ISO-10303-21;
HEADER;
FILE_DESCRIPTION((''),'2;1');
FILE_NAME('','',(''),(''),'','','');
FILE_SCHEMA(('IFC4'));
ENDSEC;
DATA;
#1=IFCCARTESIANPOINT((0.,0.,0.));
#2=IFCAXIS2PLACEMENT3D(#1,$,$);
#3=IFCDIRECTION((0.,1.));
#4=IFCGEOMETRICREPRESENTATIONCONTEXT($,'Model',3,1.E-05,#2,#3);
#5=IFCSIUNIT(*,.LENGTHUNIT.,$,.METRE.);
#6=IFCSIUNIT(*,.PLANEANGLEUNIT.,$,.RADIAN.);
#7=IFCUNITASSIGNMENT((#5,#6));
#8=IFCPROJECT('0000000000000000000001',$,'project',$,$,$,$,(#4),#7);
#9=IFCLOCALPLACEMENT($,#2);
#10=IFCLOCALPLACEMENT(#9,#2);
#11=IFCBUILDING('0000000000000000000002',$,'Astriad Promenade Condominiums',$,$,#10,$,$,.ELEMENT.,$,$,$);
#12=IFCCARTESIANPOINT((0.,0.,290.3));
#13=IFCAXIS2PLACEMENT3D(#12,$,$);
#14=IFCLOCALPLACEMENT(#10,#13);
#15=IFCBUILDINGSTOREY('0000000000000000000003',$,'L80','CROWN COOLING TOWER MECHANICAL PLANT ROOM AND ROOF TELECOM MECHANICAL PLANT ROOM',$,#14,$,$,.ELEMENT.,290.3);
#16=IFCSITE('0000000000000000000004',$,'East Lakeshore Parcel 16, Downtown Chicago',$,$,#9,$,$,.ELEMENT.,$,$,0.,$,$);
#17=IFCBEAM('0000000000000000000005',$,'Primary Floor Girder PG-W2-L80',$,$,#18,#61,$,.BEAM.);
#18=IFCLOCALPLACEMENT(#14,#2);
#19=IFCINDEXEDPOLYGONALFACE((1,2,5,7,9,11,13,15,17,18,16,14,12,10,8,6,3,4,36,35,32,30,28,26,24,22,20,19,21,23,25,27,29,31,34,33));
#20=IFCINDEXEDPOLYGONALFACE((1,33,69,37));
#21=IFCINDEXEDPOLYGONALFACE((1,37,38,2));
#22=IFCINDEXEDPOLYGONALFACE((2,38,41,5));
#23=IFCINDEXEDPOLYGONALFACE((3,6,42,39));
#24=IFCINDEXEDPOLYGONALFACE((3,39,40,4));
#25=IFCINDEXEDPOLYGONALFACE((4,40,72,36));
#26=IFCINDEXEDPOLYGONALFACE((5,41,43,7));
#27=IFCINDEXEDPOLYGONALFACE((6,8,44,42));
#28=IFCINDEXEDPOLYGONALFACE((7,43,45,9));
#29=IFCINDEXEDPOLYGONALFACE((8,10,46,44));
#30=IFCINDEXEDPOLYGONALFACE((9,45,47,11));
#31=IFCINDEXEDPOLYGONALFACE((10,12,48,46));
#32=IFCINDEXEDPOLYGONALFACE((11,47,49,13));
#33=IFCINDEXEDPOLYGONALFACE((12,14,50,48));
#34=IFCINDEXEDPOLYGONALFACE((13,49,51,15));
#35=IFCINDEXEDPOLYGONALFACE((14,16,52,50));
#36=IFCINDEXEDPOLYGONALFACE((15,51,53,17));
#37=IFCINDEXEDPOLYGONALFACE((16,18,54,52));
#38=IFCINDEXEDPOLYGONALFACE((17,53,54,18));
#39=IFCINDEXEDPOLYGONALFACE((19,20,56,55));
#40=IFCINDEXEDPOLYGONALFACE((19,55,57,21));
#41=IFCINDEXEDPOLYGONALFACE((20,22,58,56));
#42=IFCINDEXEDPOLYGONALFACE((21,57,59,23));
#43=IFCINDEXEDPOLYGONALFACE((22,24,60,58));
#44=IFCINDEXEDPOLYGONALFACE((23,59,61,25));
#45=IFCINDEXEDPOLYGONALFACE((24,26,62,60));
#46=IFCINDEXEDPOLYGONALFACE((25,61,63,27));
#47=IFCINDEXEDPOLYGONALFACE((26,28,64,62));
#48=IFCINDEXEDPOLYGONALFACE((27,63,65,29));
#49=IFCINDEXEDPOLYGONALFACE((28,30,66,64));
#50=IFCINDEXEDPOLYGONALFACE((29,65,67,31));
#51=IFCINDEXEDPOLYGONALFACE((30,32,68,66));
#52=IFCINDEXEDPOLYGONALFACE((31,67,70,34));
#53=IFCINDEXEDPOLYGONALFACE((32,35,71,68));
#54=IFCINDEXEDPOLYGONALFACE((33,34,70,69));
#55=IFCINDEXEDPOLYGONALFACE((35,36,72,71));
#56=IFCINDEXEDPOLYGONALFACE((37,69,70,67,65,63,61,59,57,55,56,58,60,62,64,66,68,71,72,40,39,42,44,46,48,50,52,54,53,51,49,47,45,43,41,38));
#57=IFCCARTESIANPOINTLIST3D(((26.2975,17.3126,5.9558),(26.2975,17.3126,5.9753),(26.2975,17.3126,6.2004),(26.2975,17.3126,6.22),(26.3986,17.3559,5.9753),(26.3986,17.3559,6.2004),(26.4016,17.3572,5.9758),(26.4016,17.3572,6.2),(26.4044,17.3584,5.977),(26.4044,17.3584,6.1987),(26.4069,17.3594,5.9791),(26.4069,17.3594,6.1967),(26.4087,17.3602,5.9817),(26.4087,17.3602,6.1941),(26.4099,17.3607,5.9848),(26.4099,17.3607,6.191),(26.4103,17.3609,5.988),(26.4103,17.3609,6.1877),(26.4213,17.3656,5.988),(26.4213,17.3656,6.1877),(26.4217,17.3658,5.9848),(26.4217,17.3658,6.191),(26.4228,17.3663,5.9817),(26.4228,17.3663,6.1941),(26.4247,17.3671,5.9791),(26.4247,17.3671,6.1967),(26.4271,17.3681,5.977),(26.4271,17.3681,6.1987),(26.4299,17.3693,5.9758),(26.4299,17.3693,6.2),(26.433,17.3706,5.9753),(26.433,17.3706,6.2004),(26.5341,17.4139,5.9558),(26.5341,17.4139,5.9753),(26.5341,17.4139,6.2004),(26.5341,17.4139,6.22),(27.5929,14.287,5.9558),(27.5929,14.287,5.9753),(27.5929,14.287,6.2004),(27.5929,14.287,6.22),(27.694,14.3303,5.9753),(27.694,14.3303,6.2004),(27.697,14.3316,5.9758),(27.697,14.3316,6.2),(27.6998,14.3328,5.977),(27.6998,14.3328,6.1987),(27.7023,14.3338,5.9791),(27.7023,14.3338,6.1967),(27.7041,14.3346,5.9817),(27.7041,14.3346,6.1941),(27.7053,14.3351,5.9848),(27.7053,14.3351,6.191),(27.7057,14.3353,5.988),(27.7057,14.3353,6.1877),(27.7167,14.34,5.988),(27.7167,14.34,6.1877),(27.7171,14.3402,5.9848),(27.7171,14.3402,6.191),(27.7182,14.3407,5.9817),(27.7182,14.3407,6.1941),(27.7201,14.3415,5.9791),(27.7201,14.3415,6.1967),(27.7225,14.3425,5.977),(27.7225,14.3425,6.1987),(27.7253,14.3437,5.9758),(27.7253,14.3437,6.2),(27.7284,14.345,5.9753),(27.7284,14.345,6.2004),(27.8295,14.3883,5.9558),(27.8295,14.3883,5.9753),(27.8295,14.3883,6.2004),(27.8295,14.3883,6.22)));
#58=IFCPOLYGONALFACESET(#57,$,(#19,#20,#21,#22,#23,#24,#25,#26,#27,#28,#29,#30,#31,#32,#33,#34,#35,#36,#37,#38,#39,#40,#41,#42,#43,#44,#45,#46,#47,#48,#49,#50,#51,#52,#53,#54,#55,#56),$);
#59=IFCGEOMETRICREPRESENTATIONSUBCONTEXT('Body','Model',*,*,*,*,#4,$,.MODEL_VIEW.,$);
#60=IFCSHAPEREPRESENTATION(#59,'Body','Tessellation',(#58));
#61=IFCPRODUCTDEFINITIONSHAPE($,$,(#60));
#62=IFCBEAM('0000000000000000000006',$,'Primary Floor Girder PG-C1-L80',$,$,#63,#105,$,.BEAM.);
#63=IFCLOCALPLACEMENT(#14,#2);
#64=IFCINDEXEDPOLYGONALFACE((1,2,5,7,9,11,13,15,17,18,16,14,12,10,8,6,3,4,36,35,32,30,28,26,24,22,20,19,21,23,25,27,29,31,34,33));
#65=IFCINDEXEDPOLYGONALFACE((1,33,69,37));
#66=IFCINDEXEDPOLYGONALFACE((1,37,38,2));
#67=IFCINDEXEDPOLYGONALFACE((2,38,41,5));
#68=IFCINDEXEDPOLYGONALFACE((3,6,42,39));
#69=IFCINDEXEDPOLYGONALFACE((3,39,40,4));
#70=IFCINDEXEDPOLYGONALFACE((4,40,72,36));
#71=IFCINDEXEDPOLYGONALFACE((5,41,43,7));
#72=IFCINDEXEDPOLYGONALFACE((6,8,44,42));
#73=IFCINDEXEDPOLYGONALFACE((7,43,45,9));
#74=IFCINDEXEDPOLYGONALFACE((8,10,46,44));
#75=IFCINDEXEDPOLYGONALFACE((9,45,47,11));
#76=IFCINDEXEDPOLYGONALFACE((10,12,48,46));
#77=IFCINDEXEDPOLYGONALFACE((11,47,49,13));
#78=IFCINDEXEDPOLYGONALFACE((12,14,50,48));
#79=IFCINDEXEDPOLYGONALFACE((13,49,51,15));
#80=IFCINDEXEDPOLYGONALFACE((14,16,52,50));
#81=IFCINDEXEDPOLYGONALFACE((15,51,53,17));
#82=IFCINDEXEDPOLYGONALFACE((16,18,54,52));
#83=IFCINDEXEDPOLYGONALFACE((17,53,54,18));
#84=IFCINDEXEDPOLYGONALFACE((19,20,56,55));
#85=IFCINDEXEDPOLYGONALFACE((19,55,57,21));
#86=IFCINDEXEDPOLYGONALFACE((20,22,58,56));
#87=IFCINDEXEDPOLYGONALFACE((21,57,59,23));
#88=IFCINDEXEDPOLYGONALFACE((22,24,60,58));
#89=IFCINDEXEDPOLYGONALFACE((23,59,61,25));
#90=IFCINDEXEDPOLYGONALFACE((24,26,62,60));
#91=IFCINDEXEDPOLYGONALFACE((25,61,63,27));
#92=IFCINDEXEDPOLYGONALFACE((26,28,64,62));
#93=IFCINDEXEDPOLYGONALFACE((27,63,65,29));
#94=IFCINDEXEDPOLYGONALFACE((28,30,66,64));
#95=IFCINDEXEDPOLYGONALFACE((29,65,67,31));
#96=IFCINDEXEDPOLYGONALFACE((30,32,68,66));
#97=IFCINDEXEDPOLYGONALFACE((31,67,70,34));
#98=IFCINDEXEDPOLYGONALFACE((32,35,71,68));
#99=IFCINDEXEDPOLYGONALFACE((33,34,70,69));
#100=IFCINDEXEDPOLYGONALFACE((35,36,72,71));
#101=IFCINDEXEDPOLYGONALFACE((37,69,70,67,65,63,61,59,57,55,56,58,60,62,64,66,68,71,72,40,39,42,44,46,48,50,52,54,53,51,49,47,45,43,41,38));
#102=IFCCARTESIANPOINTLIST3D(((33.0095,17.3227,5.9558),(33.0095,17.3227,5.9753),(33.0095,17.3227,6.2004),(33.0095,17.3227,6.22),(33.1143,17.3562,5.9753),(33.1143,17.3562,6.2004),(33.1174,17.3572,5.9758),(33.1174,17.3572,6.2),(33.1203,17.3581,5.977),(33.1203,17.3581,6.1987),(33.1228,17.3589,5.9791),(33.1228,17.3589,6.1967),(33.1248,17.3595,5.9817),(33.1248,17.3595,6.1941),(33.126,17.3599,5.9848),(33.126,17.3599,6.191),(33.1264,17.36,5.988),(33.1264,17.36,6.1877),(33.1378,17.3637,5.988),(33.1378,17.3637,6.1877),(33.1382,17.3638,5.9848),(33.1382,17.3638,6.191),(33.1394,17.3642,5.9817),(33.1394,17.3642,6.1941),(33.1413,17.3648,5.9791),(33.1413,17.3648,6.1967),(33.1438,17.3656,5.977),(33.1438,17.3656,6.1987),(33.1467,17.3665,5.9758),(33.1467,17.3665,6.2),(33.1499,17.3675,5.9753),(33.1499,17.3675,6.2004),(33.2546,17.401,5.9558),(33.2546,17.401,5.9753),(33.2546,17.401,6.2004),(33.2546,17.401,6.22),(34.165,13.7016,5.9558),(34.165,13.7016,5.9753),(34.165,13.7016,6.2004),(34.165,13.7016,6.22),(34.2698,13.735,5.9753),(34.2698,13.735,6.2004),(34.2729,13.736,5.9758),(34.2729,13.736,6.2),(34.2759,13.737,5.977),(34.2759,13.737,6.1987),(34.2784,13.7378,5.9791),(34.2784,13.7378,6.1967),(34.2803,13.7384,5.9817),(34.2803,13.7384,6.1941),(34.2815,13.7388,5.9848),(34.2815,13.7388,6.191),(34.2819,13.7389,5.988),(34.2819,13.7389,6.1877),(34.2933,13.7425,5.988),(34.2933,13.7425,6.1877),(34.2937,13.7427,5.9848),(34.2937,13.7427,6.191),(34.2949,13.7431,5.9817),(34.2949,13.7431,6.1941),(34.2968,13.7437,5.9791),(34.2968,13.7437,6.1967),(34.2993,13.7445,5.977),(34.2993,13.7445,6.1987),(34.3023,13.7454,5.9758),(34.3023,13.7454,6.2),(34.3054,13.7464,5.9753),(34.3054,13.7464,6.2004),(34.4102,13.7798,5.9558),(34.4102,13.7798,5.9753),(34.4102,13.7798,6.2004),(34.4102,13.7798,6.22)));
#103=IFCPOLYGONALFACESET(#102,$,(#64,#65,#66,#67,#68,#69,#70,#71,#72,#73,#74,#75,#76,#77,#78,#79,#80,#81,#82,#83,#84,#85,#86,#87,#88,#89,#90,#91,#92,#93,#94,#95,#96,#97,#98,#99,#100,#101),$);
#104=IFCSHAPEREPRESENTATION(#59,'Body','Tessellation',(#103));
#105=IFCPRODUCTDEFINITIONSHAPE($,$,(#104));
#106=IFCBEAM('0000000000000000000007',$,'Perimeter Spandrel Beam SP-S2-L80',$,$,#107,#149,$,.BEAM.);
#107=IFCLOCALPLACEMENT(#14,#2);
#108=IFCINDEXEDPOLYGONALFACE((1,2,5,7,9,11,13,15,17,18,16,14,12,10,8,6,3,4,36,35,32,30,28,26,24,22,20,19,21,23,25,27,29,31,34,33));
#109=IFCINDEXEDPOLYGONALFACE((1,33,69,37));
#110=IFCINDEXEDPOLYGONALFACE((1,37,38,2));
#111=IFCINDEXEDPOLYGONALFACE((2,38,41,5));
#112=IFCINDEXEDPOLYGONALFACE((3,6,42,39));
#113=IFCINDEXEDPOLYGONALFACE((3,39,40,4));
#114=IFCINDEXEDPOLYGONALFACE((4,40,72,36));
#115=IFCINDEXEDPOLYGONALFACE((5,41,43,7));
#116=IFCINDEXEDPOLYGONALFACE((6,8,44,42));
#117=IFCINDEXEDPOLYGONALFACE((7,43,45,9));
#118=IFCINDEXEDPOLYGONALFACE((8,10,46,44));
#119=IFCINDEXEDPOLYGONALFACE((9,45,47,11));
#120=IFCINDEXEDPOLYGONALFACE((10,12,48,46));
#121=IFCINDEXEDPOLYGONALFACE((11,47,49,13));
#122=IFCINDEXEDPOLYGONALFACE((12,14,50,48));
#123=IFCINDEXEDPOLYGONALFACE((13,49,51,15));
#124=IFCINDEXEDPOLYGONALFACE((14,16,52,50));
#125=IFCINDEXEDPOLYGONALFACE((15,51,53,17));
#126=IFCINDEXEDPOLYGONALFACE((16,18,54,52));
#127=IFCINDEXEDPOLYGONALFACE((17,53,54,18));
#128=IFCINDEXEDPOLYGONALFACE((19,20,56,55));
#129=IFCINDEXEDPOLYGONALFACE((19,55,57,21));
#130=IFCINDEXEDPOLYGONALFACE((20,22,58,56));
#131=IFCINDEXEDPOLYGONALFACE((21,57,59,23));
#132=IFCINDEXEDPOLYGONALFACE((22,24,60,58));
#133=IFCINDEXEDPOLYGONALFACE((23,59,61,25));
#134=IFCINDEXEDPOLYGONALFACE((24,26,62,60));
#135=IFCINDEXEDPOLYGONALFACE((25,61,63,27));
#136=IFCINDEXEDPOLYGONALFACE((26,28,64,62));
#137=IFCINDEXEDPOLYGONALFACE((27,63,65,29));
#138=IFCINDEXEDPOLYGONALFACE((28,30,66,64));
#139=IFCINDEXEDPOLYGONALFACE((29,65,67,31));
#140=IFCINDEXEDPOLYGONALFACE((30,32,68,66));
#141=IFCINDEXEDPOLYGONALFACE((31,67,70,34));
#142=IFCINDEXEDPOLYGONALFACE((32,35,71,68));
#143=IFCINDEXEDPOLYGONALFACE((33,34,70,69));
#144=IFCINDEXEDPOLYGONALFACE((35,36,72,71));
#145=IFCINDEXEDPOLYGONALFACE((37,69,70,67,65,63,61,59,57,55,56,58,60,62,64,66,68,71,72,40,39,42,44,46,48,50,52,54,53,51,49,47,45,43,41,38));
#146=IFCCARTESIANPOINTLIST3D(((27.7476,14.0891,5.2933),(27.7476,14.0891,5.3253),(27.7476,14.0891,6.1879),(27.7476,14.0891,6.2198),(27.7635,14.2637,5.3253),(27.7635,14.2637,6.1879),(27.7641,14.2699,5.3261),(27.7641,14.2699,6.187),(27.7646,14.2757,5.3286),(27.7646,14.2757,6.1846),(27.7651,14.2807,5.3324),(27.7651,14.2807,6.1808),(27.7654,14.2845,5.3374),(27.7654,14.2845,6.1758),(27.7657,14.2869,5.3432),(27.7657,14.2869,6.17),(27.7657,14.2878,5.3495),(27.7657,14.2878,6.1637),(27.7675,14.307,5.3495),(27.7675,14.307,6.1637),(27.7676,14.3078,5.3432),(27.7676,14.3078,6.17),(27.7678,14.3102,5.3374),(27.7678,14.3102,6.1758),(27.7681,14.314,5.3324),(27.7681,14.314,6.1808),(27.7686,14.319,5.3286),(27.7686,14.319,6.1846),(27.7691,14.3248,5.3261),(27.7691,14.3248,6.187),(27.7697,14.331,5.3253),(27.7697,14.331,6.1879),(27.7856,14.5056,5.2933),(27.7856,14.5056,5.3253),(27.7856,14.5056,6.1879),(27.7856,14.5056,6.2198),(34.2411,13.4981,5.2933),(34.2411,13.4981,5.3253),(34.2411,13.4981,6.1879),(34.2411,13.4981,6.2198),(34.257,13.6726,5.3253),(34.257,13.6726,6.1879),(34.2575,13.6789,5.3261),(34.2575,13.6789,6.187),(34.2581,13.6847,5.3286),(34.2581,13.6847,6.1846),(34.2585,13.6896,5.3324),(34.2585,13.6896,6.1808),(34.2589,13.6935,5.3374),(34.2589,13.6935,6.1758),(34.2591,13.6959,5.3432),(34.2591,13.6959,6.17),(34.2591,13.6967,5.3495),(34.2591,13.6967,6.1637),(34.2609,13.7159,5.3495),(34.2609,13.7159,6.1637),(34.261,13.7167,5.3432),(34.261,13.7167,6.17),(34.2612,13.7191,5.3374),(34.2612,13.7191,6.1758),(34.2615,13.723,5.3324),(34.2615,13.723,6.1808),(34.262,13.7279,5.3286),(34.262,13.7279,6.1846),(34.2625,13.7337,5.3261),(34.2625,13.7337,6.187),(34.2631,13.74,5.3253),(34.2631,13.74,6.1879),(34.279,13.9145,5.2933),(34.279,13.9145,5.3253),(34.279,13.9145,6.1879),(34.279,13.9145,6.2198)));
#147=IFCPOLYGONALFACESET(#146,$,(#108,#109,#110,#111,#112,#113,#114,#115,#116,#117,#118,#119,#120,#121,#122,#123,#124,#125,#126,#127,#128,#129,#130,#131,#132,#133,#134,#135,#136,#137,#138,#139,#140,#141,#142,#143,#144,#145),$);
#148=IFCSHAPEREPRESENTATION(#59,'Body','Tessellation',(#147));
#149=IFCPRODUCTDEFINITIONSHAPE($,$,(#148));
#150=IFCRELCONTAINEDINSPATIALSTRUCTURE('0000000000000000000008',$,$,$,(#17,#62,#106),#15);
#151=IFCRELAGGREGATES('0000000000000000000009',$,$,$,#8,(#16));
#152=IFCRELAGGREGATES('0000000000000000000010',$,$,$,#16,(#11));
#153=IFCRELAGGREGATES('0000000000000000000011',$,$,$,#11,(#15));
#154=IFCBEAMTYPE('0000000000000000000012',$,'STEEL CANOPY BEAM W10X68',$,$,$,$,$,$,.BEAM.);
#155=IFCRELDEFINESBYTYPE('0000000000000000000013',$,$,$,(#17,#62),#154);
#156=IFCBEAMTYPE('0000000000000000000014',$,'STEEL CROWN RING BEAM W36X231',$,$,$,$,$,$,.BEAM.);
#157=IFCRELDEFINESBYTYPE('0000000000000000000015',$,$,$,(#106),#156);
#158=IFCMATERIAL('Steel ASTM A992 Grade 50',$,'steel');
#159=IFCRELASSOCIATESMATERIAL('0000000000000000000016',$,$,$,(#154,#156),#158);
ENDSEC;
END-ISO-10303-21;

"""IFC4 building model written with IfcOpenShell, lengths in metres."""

from ifc_helpers import new_model, si_unit, direction, frame, origin, origin_2d, place, context, subcontext, project, spatial, i_section, extrude, source, transform, mapped, material, material_profile, profile_set, type_object, type_shapes, element, save


model = new_model("IFC4")

# Units and contexts
model_context = context("Model", 3, precision=1e-05, world=origin(), true_north=direction((0.0, 1.0)))
body_context = subcontext(model_context, "Body", "Model", "MODEL_VIEW")
ifc_project = project(units=[si_unit("LENGTHUNIT", "METRE"), si_unit("PLANEANGLEUNIT", "RADIAN")], contexts=[model_context])

# Site, building, storey
site_placement = place(None, origin())
site = spatial("IfcSite", under=ifc_project, at=site_placement, Name="East Lakeshore Parcel 16, Downtown Chicago", CompositionType="ELEMENT", RefElevation=0.0)
building_placement = place(site_placement, origin())
building = spatial("IfcBuilding", under=site, at=building_placement, Name="Astriad Promenade Condominiums", CompositionType="ELEMENT")
storey_placement = place(building_placement, frame((0.0, 0.0, 290.3)))
storey = spatial("IfcBuildingStorey", under=building, at=storey_placement, Name="L80", Description="CROWN COOLING TOWER MECHANICAL PLANT ROOM AND ROOF TELECOM MECHANICAL PLANT ROOM", CompositionType="ELEMENT", Elevation=290.3)

# Shared definitions
ifc_material_1 = material(Name="Steel ASTM A992 Grade 50", Category="steel")

# Beams
ifc_material_profile_1 = material_profile(ifc_material_1, i_section(OverallWidth=0.2573, OverallDepth=0.2642, WebThickness=0.012, FlangeThickness=0.0195, FilletRadius=0.0127, at=origin_2d()), Name="W10X68")
ifc_profile_set_1 = profile_set([ifc_material_profile_1], Name="Steel ASTM A992 Grade 50")
beam_type_1 = type_object("IfcBeamType", Name="STEEL CANOPY BEAM W10X68", PredefinedType="BEAM", material=ifc_profile_set_1)
shared_shape_1 = source(origin(), body_context, "Body", "SweptSolid", [
    extrude(i_section(OverallWidth=0.2573, OverallDepth=0.2642, WebThickness=0.012, FlangeThickness=0.0195, FilletRadius=0.0127, at=origin_2d()), origin(), (0.0, 0.0, 1.0), 3.2913),
])
beam_1_placement = place(storey_placement, frame((27.7112, 14.3376, 6.0879), z_axis=(-0.393588, 0.919287, 0.0), x_axis=(-0.919287, -0.393588, 0.0)))
element("IfcBeam", 1, at=beam_1_placement, inside=storey, type_object=beam_type_1, Name="Primary Floor Girder PG-W2-L80", PredefinedType="BEAM", context=body_context, shape_type="MappedRepresentation", body=[
    mapped(shared_shape_1, transform((0.0, 0.0, 0.0), scale=1.0)),
])
shared_shape_2 = source(origin(), body_context, "Body", "SweptSolid", [
    extrude(i_section(OverallWidth=0.2573, OverallDepth=0.2642, WebThickness=0.012, FlangeThickness=0.0195, FilletRadius=0.0127, at=origin_2d()), origin(), (0.0, 0.0, 1.0), 3.801),
])
type_shapes(beam_type_1, [shared_shape_1, shared_shape_2])
beam_2_placement = place(storey_placement, frame((34.2876, 13.7407, 6.0879), z_axis=(-0.304004, 0.952671, 0.0), x_axis=(-0.952671, -0.304004, 0.0)))
element("IfcBeam", 2, at=beam_2_placement, inside=storey, type_object=beam_type_1, Name="Primary Floor Girder PG-C1-L80", PredefinedType="BEAM", context=body_context, shape_type="MappedRepresentation", body=[
    mapped(shared_shape_2, transform((0.0, 0.0, 0.0), scale=1.0)),
])
ifc_material_profile_2 = material_profile(ifc_material_1, i_section(OverallWidth=0.4182, OverallDepth=0.9265, WebThickness=0.0193, FlangeThickness=0.032, FilletRadius=0.0242, at=origin_2d()), Name="W36X231")
ifc_profile_set_2 = profile_set([ifc_material_profile_2], Name="Steel ASTM A992 Grade 50")
beam_type_2 = type_object("IfcBeamType", Name="STEEL CROWN RING BEAM W36X231", PredefinedType="BEAM", material=ifc_profile_set_2)
shared_shape_3 = source(origin(), body_context, "Body", "SweptSolid", [
    extrude(i_section(OverallWidth=0.4182, OverallDepth=0.9265, WebThickness=0.0193, FlangeThickness=0.032, FilletRadius=0.0242, at=origin_2d()), origin(), (0.0, 0.0, 1.0), 6.5203),
])
type_shapes(beam_type_2, [shared_shape_3])
beam_3_placement = place(storey_placement, frame((27.7666, 14.2974, 5.7566), z_axis=(0.995883, -0.090651, 0.0), x_axis=(0.090651, 0.995883, 0.0)))
element("IfcBeam", 3, at=beam_3_placement, inside=storey, type_object=beam_type_2, Name="Perimeter Spandrel Beam SP-S2-L80", PredefinedType="BEAM", context=body_context, shape_type="MappedRepresentation", body=[
    mapped(shared_shape_3, transform((0.0, 0.0, 0.0), scale=1.0)),
])

save(model, "model.ifc")
